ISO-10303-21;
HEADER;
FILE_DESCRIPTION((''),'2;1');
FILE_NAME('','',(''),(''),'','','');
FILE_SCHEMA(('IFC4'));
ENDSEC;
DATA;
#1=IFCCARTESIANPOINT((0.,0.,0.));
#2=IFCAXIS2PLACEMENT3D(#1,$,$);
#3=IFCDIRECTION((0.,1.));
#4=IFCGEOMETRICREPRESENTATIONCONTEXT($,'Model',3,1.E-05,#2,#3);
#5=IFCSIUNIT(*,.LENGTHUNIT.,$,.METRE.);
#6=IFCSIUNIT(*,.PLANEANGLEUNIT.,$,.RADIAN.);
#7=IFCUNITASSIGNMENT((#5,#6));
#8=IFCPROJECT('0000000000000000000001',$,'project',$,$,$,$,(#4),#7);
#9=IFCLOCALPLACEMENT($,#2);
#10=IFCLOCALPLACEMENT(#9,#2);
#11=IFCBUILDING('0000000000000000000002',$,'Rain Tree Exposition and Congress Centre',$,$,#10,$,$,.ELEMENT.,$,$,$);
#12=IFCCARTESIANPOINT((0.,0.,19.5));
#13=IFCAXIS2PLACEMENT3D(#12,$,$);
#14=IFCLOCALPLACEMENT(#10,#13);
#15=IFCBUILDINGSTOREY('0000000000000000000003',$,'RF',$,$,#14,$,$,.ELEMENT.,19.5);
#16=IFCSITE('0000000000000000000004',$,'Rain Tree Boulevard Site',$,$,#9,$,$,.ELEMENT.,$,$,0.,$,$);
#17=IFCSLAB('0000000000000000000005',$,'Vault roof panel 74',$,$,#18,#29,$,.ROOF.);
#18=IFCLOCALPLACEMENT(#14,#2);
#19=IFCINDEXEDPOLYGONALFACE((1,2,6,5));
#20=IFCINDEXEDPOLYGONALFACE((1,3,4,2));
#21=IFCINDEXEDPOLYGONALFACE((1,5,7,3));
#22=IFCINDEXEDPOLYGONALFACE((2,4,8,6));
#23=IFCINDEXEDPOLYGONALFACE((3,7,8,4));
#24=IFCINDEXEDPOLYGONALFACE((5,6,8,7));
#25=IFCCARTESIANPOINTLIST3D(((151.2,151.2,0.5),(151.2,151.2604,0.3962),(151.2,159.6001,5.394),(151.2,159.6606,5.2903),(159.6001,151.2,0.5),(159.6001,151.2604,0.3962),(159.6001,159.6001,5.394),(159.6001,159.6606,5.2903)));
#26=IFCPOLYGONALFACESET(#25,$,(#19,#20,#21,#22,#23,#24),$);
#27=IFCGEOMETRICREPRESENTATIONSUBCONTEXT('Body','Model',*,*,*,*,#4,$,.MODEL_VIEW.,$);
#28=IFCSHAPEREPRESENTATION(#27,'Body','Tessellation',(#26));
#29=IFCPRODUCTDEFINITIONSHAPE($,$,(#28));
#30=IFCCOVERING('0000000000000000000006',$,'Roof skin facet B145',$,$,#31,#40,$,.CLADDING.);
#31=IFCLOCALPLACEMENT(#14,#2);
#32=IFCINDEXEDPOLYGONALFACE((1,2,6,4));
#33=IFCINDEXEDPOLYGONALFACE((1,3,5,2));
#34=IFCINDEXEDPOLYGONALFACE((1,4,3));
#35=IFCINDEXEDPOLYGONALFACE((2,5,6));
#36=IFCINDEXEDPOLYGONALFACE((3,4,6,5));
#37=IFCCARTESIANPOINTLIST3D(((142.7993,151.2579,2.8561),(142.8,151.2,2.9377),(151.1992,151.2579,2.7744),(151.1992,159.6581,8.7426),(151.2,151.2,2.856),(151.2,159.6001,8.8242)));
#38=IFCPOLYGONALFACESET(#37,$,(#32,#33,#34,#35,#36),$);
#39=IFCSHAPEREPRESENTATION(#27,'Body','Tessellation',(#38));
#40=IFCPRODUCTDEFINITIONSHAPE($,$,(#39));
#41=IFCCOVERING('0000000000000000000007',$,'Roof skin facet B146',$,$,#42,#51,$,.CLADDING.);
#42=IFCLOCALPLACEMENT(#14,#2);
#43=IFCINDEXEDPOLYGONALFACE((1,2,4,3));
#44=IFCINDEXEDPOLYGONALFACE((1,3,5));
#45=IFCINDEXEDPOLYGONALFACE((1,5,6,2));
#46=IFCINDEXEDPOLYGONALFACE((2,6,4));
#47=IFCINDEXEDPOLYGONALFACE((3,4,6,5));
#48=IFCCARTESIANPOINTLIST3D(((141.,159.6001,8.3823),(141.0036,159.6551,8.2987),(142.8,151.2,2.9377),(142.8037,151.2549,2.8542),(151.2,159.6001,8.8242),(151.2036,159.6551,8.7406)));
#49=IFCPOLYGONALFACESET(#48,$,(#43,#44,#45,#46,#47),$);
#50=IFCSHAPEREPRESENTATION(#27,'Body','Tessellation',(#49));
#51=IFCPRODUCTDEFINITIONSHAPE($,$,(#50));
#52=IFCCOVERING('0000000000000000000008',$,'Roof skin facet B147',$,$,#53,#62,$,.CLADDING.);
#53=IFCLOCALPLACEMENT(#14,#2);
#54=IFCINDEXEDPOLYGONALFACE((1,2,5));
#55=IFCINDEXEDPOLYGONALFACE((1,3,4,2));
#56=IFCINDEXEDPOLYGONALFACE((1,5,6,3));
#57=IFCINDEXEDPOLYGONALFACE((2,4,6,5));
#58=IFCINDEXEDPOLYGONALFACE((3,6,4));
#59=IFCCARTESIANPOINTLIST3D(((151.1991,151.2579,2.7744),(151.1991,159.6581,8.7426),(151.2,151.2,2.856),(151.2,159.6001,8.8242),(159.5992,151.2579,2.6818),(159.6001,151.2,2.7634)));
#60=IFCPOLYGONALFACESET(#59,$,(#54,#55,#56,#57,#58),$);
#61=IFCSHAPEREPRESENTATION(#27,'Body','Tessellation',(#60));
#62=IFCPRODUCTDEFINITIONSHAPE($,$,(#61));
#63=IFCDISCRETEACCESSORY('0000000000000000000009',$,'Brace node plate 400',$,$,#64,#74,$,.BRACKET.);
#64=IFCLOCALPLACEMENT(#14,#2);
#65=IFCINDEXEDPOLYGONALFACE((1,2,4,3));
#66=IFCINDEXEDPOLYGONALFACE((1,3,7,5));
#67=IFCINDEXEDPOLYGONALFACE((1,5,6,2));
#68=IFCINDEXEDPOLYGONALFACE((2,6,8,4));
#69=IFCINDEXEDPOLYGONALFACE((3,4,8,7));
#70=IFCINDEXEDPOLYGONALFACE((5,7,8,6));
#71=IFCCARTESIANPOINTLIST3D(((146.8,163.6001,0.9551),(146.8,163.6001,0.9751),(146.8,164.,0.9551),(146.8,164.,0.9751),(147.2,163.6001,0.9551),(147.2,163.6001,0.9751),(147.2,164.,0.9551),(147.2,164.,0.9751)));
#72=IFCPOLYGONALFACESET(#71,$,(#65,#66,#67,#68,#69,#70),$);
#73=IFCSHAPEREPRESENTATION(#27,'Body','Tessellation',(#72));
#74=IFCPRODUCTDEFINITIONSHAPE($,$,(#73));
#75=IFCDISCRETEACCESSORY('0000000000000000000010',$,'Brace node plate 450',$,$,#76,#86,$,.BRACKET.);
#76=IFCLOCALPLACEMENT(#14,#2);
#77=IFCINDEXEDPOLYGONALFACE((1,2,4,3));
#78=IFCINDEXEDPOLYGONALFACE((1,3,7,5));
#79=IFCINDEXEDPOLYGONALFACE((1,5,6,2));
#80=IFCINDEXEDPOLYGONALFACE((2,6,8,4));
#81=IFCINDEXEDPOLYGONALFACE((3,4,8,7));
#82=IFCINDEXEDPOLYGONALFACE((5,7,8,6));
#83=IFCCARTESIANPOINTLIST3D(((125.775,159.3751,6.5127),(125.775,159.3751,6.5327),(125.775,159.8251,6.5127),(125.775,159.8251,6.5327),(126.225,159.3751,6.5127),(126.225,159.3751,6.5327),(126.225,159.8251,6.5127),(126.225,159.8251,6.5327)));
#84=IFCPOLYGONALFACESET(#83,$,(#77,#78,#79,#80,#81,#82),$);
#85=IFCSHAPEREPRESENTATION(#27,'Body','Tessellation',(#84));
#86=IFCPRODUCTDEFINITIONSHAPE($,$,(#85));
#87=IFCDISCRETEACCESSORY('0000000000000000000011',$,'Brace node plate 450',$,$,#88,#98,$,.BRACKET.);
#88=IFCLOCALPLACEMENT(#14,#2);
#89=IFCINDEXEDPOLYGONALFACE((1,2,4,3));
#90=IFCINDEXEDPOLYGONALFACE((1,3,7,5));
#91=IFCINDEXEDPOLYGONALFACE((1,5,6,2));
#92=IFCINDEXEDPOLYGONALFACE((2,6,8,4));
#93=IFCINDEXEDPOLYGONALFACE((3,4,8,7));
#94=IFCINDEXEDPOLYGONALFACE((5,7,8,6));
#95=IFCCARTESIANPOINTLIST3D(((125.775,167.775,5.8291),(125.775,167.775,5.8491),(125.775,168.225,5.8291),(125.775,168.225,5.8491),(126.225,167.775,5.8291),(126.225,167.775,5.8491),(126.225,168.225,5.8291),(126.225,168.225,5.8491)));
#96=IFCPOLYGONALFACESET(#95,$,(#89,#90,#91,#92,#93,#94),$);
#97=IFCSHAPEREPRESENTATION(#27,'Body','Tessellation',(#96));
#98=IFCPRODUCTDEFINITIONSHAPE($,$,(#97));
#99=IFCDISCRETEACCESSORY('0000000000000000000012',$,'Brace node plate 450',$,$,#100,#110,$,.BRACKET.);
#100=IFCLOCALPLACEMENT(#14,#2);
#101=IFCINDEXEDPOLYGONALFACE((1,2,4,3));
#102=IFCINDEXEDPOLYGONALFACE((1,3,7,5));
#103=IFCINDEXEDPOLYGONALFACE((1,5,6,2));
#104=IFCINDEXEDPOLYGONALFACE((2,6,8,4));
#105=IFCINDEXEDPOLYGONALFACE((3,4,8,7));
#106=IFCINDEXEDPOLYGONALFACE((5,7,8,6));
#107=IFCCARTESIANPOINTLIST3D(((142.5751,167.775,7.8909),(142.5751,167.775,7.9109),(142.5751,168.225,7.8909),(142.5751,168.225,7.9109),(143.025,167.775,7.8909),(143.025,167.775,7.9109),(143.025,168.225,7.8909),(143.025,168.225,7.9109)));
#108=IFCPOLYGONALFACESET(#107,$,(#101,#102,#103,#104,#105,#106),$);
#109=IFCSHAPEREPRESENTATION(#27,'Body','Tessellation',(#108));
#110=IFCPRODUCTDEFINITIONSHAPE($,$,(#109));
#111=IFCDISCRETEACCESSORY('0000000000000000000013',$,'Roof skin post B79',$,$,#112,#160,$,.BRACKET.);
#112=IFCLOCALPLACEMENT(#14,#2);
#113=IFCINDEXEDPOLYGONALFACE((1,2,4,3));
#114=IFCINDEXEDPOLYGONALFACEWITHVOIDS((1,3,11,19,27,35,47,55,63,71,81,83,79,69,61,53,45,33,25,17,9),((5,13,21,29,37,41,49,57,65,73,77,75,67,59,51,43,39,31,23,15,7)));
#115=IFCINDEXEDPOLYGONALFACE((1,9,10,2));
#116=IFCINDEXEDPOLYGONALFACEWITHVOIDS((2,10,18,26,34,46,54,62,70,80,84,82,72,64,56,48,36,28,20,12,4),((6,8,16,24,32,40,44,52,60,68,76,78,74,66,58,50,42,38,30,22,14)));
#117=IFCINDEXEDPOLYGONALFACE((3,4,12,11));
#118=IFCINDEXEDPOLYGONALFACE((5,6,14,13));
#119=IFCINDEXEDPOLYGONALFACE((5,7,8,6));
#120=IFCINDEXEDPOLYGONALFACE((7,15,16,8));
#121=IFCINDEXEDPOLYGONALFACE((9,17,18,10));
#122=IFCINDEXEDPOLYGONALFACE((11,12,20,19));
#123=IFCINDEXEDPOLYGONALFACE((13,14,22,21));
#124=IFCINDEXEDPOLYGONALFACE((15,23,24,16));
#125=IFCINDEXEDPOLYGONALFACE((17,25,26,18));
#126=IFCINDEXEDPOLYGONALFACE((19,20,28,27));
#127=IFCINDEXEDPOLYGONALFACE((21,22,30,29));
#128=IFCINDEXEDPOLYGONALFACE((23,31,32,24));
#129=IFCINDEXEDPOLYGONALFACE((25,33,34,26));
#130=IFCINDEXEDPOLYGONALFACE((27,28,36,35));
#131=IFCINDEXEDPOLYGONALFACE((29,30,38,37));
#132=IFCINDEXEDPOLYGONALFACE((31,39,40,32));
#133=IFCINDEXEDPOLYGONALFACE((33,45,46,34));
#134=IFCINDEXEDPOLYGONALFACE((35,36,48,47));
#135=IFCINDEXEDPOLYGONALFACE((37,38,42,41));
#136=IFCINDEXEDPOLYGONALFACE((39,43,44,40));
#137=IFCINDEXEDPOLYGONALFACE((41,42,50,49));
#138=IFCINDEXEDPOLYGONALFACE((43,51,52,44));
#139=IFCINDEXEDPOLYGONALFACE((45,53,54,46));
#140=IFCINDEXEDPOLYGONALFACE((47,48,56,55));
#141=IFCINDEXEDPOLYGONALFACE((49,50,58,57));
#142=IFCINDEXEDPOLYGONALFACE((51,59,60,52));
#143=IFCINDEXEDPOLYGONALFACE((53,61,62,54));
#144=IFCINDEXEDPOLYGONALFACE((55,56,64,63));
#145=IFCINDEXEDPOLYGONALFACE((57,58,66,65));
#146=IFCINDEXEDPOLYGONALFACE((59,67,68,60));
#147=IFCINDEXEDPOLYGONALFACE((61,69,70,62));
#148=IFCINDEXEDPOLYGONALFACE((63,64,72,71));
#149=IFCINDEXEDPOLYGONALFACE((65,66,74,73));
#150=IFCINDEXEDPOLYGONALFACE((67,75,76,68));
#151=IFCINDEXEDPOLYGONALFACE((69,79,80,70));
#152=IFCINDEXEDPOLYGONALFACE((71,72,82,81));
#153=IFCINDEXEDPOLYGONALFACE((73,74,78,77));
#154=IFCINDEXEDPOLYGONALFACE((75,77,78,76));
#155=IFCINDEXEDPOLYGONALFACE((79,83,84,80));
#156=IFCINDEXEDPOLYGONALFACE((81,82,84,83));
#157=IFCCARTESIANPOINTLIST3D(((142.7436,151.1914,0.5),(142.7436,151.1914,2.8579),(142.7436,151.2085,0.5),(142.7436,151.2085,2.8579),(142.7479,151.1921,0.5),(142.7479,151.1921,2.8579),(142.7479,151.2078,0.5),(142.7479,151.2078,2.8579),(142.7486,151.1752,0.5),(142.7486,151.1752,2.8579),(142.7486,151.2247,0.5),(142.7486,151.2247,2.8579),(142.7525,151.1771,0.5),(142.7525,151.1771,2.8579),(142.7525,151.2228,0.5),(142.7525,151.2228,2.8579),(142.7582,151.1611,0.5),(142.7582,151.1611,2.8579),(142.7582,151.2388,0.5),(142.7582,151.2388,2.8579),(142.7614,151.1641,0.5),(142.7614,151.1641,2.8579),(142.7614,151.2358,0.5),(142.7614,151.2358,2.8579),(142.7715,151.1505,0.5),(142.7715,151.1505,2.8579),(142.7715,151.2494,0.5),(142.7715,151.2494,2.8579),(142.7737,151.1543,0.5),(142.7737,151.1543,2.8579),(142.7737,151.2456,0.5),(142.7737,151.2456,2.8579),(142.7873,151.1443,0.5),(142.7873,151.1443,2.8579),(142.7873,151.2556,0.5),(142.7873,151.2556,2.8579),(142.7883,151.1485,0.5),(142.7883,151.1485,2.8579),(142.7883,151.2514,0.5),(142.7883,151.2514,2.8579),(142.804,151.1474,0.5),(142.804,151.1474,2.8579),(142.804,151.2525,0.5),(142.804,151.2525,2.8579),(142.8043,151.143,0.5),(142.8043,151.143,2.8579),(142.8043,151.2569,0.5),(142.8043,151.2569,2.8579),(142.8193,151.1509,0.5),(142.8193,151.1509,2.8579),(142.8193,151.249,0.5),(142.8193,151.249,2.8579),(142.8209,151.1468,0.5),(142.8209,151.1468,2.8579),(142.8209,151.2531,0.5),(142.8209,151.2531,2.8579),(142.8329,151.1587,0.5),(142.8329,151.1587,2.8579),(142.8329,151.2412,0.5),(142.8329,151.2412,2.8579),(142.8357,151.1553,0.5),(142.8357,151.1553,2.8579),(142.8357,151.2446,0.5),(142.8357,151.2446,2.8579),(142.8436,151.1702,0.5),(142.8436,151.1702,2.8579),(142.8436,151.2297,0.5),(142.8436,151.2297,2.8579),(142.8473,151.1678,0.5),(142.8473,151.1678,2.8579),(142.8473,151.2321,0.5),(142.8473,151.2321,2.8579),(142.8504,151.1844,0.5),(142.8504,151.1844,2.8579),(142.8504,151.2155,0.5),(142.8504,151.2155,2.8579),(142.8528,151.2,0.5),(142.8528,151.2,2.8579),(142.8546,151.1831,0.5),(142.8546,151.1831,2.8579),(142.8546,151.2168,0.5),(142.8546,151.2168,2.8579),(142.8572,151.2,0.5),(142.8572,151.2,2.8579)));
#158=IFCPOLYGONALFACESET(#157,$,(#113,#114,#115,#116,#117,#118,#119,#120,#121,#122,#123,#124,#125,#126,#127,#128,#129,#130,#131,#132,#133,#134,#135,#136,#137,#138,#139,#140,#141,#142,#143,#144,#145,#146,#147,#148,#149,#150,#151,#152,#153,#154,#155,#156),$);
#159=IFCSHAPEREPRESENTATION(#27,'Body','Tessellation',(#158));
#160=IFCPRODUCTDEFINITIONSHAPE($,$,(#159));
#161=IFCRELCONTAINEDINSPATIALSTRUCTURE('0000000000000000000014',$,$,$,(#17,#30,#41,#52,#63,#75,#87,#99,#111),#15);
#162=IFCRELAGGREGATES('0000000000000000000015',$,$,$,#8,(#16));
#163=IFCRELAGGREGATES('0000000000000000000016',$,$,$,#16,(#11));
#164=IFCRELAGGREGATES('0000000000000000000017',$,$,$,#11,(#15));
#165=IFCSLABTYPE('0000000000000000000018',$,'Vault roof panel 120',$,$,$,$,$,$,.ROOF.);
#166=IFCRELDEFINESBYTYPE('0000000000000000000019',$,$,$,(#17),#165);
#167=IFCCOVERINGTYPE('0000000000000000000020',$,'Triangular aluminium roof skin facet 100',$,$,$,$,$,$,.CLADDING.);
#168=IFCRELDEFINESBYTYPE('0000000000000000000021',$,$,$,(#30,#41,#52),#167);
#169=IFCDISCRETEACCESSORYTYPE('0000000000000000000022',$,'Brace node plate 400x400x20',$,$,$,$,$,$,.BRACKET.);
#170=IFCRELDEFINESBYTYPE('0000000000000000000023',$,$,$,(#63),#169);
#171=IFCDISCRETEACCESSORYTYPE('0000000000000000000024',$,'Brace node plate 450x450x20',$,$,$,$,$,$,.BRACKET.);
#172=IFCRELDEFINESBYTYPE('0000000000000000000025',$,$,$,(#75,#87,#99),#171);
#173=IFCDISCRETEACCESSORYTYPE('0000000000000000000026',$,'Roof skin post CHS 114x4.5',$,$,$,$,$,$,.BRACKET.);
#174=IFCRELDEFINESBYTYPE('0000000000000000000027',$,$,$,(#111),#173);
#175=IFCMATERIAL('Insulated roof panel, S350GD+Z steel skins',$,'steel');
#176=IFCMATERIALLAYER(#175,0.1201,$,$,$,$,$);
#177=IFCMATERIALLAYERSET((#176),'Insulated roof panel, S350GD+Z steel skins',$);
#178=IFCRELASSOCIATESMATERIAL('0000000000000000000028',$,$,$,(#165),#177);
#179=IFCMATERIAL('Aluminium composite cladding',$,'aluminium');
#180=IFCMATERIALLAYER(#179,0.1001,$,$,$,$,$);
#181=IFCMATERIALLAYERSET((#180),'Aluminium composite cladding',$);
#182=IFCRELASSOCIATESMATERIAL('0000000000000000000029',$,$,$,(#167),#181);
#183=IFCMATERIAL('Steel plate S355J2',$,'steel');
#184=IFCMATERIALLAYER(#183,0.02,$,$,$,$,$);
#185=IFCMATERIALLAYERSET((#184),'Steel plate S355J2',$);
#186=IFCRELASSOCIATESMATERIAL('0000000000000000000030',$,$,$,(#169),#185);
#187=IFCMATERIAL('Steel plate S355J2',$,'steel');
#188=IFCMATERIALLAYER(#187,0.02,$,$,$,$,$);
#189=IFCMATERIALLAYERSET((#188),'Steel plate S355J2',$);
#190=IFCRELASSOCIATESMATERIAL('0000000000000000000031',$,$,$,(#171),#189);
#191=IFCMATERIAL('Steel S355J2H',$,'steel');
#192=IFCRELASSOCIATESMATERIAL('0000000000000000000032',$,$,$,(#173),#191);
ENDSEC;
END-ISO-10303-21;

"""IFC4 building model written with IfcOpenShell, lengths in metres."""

from ifc_helpers import new_model, si_unit, direction, frame, origin, origin_2d, place, context, subcontext, project, spatial, polyline, rectangle, hollow_circle, outline, extrude, material, layer, layer_set, material_profile, profile_set, type_object, element, save


model = new_model("IFC4")

# Units and contexts
model_context = context("Model", 3, precision=1e-05, world=origin(), true_north=direction((0.0, 1.0)))
body_context = subcontext(model_context, "Body", "Model", "MODEL_VIEW")
ifc_project = project(units=[si_unit("LENGTHUNIT", "METRE"), si_unit("PLANEANGLEUNIT", "RADIAN")], contexts=[model_context])

# Site, building, storey
site_placement = place(None, origin())
site = spatial("IfcSite", under=ifc_project, at=site_placement, Name="Rain Tree Boulevard Site", CompositionType="ELEMENT", RefElevation=0.0)
building_placement = place(site_placement, origin())
building = spatial("IfcBuilding", under=site, at=building_placement, Name="Rain Tree Exposition and Congress Centre", CompositionType="ELEMENT")
storey_placement = place(building_placement, frame((0.0, 0.0, 19.5)))
storey = spatial("IfcBuildingStorey", under=building, at=storey_placement, Name="RF", CompositionType="ELEMENT", Elevation=19.5)

# Slab
ifc_material_1 = material(Name="Insulated roof panel, S350GD+Z steel skins", Category="steel")
ifc_layer_1 = layer(ifc_material_1, 0.1201)
ifc_layer_set_1 = layer_set([ifc_layer_1], Name="Insulated roof panel, S350GD+Z steel skins")
slab_type = type_object("IfcSlabType", Name="Vault roof panel 120", PredefinedType="ROOF", material=ifc_layer_set_1)
slab_1_placement = place(storey_placement, frame((151.2, 151.2, 0.5), z_axis=(0.0, -0.503407, 0.864049), x_axis=(1.0, 0.0, 0.0)))
element("IfcSlab", 1, at=slab_1_placement, inside=storey, type_object=slab_type, Name="Vault roof panel 74", PredefinedType="ROOF", context=body_context, shape_type="SweptSolid", body=[
    extrude(outline(polyline([(0.0, 0.0), (8.4001, 0.0), (8.4001, 9.7218), (0.0, 9.7218), (0.0, 0.0)])), origin(), (0.0, 0.0, -1.0), 0.1201),
])

# Coverings
ifc_material_2 = material(Name="Aluminium composite cladding", Category="aluminium")
ifc_layer_2 = layer(ifc_material_2, 0.1001)
ifc_layer_set_2 = layer_set([ifc_layer_2], Name="Aluminium composite cladding")
covering_type = type_object("IfcCoveringType", Name="Triangular aluminium roof skin facet 100", PredefinedType="CLADDING", material=ifc_layer_set_2)
covering_1_placement = place(storey_placement, frame((142.8, 151.2, 2.9377), z_axis=(0.007937, -0.579172, 0.815167), x_axis=(0.999953, 0.0, -0.009736)))
element("IfcCovering", 2, at=covering_1_placement, inside=storey, type_object=covering_type, Name="Roof skin facet B145", PredefinedType="CLADDING", context=body_context, shape_type="SweptSolid", body=[
    extrude(outline(polyline([(0.0, 0.0), (8.4003, 0.0), (8.3422, 10.3043), (0.0, 0.0)])), origin(), (0.0, 0.0, -1.0), 0.1001),
])
covering_2_placement = place(storey_placement, frame((142.8, 151.2, 2.9377), z_axis=(-0.036177, -0.54899, 0.835046), x_axis=(0.633578, 0.633596, 0.443998)))
element("IfcCovering", 3, at=covering_2_placement, inside=storey, type_object=covering_type, Name="Roof skin facet B146", PredefinedType="CLADDING", context=body_context, shape_type="SweptSolid", body=[
    extrude(outline(polyline([(0.0, 0.0), (13.2579, 0.0), (6.5992, 7.7393), (0.0, 0.0)])), origin(), (0.0, 0.0, -1.0), 0.1001),
])
covering_3_placement = place(storey_placement, frame((151.2, 151.2, 2.856), z_axis=(0.008979, -0.579167, 0.81516), x_axis=(0.999939, 0.0, -0.011015)))
element("IfcCovering", 4, at=covering_3_placement, inside=storey, type_object=covering_type, Name="Roof skin facet B147", PredefinedType="CLADDING", context=body_context, shape_type="SweptSolid", body=[
    extrude(outline(polyline([(0.0, 0.0), (8.4007, 0.0), (-0.0657, 10.3043), (0.0, 0.0)])), origin(), (0.0, 0.0, -1.0), 0.1001),
])

# Discrete accessories
ifc_material_3 = material(Name="Steel plate S355J2", Category="steel")
ifc_layer_3 = layer(ifc_material_3, 0.02)
ifc_layer_set_3 = layer_set([ifc_layer_3], Name="Steel plate S355J2")
discrete_accessory_type_1 = type_object("IfcDiscreteAccessoryType", Name="Brace node plate 400x400x20", PredefinedType="BRACKET", material=ifc_layer_set_3)
discrete_accessory_1_placement = place(storey_placement, frame((147.0, 163.8, 0.9551), z_axis=(0.0, 0.0, 1.0), x_axis=(1.0, 0.0, 0.0)))
element("IfcDiscreteAccessory", 5, at=discrete_accessory_1_placement, inside=storey, type_object=discrete_accessory_type_1, Name="Brace node plate 400", PredefinedType="BRACKET", context=body_context, shape_type="SweptSolid", body=[
    extrude(rectangle(XDim=0.3999, YDim=0.3999, at=origin_2d()), origin(), (0.0, 0.0, 1.0), 0.02),
])
ifc_material_4 = material(Name="Steel plate S355J2", Category="steel")
ifc_layer_4 = layer(ifc_material_4, 0.02)
ifc_layer_set_4 = layer_set([ifc_layer_4], Name="Steel plate S355J2")
discrete_accessory_type_2 = type_object("IfcDiscreteAccessoryType", Name="Brace node plate 450x450x20", PredefinedType="BRACKET", material=ifc_layer_set_4)
for number, where, z_axis, x_axis, name in (
    (6, (126.0, 159.6001, 6.5127), (0.0, 0.0, 1.0), (1.0, 0.0, 0.0), "Brace node plate 450"),
    (7, (126.0, 168.0, 5.8291), (0.0, 0.0, 1.0), (1.0, 0.0, 0.0), "Brace node plate 450"),
    (8, (142.8, 168.0, 7.8909), (0.0, 0.0, 1.0), (1.0, 0.0, 0.0), "Brace node plate 450"),
):
    element("IfcDiscreteAccessory", number, at=place(storey_placement, frame(where, z_axis=z_axis, x_axis=x_axis)), inside=storey, type_object=discrete_accessory_type_2, Name=name, PredefinedType="BRACKET", context=body_context, shape_type="SweptSolid", body=[
        extrude(rectangle(XDim=0.45, YDim=0.45, at=origin_2d()), origin(), (0.0, 0.0, 1.0), 0.02),
    ])
ifc_material_5 = material(Name="Steel S355J2H", Category="steel")
ifc_material_profile_1 = material_profile(ifc_material_5, hollow_circle(Radius=0.0571, WallThickness=0.0044, at=origin_2d()), Name="CHS 114x4.5")
ifc_profile_set_1 = profile_set([ifc_material_profile_1], Name="Steel S355J2H")
discrete_accessory_type_3 = type_object("IfcDiscreteAccessoryType", Name="Roof skin post CHS 114x4.5", PredefinedType="BRACKET", material=ifc_profile_set_1)
discrete_accessory_2_placement = place(storey_placement, frame((142.8, 151.2, 0.5), z_axis=(0.0, 0.0, 1.0), x_axis=(1.0, 0.0, 0.0)))
element("IfcDiscreteAccessory", 9, at=discrete_accessory_2_placement, inside=storey, type_object=discrete_accessory_type_3, Name="Roof skin post B79", PredefinedType="BRACKET", context=body_context, shape_type="SweptSolid", body=[
    extrude(hollow_circle(Radius=0.0571, WallThickness=0.0044, at=origin_2d()), origin(), (0.0, 0.0, 1.0), 2.3579),
])

save(model, "model.ifc")
